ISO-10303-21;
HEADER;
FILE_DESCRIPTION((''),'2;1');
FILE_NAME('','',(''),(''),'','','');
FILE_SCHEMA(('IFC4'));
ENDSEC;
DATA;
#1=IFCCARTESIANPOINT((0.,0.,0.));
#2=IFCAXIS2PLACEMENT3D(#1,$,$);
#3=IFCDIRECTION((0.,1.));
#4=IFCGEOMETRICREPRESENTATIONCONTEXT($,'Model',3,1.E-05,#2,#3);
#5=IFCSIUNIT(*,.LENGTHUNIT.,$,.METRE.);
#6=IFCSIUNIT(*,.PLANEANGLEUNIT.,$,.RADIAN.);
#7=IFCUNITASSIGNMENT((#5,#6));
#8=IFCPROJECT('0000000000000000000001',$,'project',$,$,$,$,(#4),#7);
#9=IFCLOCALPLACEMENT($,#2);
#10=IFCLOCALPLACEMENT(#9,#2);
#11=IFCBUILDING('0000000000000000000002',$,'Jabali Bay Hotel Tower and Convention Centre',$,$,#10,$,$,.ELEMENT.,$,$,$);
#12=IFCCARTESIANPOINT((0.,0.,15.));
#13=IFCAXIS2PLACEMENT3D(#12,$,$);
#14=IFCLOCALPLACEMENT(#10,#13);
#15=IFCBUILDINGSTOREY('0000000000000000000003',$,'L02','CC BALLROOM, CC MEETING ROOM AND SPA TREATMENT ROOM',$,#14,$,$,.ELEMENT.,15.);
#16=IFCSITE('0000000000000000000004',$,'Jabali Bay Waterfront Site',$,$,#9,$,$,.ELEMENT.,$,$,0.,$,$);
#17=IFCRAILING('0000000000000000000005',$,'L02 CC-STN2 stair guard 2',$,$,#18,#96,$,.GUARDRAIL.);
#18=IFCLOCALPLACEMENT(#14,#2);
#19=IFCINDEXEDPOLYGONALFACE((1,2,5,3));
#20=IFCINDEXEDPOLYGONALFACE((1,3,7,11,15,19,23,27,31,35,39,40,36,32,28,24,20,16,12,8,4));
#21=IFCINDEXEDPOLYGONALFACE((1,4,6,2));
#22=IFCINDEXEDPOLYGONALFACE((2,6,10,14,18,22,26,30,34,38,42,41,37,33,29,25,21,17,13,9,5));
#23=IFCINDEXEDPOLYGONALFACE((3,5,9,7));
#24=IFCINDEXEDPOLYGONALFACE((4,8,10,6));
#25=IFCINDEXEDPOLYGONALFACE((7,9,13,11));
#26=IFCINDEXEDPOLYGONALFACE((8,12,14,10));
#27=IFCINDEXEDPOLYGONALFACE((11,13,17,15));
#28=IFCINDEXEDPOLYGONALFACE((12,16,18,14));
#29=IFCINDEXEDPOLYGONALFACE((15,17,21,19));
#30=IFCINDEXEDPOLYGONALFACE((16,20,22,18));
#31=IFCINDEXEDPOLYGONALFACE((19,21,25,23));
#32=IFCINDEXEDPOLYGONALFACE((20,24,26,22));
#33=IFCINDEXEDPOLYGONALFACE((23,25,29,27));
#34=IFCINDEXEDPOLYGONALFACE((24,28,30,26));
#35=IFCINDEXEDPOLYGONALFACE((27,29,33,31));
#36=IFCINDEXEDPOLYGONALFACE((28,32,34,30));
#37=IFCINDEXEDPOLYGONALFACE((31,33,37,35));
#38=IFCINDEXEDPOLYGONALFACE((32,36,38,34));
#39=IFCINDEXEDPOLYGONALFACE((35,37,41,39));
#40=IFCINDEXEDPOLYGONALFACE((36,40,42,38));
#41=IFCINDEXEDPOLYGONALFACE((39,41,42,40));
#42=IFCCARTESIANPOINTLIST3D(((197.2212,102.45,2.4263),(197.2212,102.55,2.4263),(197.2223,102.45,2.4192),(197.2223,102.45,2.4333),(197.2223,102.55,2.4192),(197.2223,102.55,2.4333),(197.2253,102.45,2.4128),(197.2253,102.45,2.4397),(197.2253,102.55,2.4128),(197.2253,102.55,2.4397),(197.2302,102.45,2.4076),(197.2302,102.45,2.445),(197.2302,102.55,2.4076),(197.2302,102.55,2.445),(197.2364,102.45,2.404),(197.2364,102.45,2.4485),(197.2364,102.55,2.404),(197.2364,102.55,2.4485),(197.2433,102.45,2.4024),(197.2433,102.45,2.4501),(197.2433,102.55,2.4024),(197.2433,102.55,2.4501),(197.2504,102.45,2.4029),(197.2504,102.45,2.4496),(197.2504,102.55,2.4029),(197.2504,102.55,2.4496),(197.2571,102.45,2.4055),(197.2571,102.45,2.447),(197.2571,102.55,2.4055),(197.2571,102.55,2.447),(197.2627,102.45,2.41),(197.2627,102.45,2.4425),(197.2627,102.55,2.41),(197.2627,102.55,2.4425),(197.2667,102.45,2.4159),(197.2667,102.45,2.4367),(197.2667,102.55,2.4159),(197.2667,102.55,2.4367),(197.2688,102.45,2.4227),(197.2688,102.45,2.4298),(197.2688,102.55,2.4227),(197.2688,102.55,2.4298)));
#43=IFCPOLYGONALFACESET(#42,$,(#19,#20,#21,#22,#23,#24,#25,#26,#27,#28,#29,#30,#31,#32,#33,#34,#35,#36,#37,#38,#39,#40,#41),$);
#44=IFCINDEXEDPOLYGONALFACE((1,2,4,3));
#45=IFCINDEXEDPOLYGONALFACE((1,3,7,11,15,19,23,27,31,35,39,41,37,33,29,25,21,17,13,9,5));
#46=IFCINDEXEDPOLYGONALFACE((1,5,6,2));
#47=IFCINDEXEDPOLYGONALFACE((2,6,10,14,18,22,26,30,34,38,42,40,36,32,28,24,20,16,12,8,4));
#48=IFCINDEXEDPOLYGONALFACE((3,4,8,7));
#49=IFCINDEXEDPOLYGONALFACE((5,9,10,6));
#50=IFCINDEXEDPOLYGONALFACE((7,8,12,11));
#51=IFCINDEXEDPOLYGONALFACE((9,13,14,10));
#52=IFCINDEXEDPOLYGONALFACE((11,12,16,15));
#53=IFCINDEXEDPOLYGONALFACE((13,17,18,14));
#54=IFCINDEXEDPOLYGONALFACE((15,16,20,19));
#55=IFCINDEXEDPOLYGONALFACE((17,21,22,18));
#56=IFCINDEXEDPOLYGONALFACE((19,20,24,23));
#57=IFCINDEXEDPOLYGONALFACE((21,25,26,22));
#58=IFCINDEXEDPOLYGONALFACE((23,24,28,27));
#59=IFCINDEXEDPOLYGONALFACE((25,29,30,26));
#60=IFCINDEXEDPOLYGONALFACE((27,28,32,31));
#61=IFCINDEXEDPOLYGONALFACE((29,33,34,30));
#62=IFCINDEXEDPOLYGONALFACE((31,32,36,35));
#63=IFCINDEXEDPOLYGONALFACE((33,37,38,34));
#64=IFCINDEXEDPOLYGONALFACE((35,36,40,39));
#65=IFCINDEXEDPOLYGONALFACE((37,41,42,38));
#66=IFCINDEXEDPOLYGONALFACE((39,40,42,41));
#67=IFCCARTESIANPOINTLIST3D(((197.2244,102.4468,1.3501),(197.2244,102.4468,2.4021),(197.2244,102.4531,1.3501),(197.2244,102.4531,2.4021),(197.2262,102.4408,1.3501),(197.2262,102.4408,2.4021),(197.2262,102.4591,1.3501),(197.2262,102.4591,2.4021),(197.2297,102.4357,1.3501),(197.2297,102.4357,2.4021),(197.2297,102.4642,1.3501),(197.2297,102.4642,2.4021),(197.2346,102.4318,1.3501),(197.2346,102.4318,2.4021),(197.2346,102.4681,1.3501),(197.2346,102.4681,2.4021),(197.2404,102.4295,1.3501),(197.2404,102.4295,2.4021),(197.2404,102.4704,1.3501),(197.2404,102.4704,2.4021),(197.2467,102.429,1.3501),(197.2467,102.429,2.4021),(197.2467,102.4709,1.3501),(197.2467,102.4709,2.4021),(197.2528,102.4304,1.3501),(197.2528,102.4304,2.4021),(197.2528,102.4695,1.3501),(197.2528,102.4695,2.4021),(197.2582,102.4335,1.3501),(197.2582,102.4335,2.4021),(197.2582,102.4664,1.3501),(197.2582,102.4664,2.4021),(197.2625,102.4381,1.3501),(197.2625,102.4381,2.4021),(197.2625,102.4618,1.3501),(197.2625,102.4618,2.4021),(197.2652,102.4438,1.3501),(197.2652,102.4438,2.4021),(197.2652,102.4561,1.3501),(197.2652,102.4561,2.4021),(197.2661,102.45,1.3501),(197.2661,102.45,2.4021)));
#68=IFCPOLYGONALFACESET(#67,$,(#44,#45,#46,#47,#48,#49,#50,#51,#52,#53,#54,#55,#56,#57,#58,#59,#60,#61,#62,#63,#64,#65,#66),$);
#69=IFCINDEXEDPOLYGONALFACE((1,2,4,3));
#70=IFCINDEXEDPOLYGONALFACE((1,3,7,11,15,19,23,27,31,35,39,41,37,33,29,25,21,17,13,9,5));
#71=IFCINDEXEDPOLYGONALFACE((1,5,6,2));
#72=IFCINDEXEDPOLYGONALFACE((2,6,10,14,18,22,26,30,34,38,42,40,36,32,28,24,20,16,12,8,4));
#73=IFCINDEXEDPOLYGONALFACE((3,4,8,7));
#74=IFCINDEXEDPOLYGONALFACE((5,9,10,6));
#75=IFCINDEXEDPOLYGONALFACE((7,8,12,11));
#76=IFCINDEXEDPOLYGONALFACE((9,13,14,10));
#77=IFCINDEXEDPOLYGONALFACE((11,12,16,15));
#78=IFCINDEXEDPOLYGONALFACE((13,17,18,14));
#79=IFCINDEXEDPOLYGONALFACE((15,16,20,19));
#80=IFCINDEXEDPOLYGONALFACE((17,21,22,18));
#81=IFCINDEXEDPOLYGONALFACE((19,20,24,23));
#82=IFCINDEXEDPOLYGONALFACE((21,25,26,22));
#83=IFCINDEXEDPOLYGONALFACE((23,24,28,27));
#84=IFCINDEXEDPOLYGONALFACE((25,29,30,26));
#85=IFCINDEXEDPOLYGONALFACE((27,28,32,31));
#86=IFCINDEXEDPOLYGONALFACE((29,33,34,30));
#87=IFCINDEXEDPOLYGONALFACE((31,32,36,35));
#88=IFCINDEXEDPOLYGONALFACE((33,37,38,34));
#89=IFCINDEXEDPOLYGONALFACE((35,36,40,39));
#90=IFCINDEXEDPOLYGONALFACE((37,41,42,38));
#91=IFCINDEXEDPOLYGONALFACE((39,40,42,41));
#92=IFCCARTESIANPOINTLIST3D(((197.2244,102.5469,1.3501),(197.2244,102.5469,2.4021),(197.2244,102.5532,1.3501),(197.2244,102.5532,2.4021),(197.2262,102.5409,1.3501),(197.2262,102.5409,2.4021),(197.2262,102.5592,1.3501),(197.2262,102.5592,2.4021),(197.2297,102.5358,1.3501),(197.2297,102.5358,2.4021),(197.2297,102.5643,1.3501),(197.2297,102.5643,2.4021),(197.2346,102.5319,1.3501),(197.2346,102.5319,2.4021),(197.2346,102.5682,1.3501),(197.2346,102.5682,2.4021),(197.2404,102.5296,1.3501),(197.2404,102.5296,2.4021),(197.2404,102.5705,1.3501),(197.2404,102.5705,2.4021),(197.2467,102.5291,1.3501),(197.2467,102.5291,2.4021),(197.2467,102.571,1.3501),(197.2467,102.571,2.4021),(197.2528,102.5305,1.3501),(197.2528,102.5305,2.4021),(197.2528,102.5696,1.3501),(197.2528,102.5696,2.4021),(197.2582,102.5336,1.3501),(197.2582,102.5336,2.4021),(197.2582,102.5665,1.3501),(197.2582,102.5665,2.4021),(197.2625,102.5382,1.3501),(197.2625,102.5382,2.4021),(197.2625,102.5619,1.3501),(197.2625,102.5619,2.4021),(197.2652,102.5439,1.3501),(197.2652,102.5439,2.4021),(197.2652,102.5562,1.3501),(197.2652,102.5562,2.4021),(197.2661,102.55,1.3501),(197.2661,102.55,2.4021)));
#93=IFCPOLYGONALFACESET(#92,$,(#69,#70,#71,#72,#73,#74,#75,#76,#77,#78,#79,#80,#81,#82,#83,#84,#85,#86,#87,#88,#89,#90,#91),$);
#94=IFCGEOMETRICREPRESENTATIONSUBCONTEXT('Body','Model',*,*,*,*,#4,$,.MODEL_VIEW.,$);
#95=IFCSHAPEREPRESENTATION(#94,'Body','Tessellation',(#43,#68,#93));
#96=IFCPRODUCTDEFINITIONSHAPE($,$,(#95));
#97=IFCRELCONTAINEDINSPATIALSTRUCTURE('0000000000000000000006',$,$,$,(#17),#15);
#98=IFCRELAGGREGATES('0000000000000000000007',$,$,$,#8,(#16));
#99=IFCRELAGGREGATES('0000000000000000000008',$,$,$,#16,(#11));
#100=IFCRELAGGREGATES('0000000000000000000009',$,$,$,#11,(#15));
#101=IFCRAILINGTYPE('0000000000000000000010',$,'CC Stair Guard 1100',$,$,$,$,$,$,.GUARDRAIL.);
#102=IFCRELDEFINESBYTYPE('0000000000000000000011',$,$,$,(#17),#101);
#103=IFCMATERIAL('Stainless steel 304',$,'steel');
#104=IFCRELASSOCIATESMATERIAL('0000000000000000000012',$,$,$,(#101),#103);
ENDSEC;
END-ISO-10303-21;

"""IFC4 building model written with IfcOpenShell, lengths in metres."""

from ifc_helpers import new_model, si_unit, direction, frame, origin, origin_2d, place, context, subcontext, project, spatial, circle, extrude, material, type_object, element, save


model = new_model("IFC4")

# Units and contexts
model_context = context("Model", 3, precision=1e-05, world=origin(), true_north=direction((0.0, 1.0)))
body_context = subcontext(model_context, "Body", "Model", "MODEL_VIEW")
ifc_project = project(units=[si_unit("LENGTHUNIT", "METRE"), si_unit("PLANEANGLEUNIT", "RADIAN")], contexts=[model_context])

# Site, building, storey
site_placement = place(None, origin())
site = spatial("IfcSite", under=ifc_project, at=site_placement, Name="Jabali Bay Waterfront Site", CompositionType="ELEMENT", RefElevation=0.0)
building_placement = place(site_placement, origin())
building = spatial("IfcBuilding", under=site, at=building_placement, Name="Jabali Bay Hotel Tower and Convention Centre", CompositionType="ELEMENT")
storey_placement = place(building_placement, frame((0.0, 0.0, 15.0)))
storey = spatial("IfcBuildingStorey", under=building, at=storey_placement, Name="L02", Description="CC BALLROOM, CC MEETING ROOM AND SPA TREATMENT ROOM", CompositionType="ELEMENT", Elevation=15.0)

# Railing
ifc_material_1 = material(Name="Stainless steel 304", Category="steel")
railing_type_1 = type_object("IfcRailingType", Name="CC Stair Guard 1100", PredefinedType="GUARDRAIL", material=ifc_material_1)
railing_1_placement = place(storey_placement, frame((197.2451, 102.45, 1.3501)))
element("IfcRailing", 1, at=railing_1_placement, inside=storey, type_object=railing_type_1, Name="L02 CC-STN2 stair guard 2", PredefinedType="GUARDRAIL", context=body_context, shape_type="SweptSolid", body=[
    extrude(circle(Radius=0.0239, at=origin_2d()), frame((0.0, 0.0, 1.0762), z_axis=(0.0, 1.0, 0.0), x_axis=(-1.0, 0.0, 0.0)), (0.0, 0.0, 1.0), 0.1001),
    extrude(circle(Radius=0.021, at=origin_2d()), origin(), (0.0, 0.0, 1.0), 1.052),
    extrude(circle(Radius=0.021, at=origin_2d()), frame((0.0, 0.1001, 0.0)), (0.0, 0.0, 1.0), 1.052),
])

save(model, "model.ifc")
